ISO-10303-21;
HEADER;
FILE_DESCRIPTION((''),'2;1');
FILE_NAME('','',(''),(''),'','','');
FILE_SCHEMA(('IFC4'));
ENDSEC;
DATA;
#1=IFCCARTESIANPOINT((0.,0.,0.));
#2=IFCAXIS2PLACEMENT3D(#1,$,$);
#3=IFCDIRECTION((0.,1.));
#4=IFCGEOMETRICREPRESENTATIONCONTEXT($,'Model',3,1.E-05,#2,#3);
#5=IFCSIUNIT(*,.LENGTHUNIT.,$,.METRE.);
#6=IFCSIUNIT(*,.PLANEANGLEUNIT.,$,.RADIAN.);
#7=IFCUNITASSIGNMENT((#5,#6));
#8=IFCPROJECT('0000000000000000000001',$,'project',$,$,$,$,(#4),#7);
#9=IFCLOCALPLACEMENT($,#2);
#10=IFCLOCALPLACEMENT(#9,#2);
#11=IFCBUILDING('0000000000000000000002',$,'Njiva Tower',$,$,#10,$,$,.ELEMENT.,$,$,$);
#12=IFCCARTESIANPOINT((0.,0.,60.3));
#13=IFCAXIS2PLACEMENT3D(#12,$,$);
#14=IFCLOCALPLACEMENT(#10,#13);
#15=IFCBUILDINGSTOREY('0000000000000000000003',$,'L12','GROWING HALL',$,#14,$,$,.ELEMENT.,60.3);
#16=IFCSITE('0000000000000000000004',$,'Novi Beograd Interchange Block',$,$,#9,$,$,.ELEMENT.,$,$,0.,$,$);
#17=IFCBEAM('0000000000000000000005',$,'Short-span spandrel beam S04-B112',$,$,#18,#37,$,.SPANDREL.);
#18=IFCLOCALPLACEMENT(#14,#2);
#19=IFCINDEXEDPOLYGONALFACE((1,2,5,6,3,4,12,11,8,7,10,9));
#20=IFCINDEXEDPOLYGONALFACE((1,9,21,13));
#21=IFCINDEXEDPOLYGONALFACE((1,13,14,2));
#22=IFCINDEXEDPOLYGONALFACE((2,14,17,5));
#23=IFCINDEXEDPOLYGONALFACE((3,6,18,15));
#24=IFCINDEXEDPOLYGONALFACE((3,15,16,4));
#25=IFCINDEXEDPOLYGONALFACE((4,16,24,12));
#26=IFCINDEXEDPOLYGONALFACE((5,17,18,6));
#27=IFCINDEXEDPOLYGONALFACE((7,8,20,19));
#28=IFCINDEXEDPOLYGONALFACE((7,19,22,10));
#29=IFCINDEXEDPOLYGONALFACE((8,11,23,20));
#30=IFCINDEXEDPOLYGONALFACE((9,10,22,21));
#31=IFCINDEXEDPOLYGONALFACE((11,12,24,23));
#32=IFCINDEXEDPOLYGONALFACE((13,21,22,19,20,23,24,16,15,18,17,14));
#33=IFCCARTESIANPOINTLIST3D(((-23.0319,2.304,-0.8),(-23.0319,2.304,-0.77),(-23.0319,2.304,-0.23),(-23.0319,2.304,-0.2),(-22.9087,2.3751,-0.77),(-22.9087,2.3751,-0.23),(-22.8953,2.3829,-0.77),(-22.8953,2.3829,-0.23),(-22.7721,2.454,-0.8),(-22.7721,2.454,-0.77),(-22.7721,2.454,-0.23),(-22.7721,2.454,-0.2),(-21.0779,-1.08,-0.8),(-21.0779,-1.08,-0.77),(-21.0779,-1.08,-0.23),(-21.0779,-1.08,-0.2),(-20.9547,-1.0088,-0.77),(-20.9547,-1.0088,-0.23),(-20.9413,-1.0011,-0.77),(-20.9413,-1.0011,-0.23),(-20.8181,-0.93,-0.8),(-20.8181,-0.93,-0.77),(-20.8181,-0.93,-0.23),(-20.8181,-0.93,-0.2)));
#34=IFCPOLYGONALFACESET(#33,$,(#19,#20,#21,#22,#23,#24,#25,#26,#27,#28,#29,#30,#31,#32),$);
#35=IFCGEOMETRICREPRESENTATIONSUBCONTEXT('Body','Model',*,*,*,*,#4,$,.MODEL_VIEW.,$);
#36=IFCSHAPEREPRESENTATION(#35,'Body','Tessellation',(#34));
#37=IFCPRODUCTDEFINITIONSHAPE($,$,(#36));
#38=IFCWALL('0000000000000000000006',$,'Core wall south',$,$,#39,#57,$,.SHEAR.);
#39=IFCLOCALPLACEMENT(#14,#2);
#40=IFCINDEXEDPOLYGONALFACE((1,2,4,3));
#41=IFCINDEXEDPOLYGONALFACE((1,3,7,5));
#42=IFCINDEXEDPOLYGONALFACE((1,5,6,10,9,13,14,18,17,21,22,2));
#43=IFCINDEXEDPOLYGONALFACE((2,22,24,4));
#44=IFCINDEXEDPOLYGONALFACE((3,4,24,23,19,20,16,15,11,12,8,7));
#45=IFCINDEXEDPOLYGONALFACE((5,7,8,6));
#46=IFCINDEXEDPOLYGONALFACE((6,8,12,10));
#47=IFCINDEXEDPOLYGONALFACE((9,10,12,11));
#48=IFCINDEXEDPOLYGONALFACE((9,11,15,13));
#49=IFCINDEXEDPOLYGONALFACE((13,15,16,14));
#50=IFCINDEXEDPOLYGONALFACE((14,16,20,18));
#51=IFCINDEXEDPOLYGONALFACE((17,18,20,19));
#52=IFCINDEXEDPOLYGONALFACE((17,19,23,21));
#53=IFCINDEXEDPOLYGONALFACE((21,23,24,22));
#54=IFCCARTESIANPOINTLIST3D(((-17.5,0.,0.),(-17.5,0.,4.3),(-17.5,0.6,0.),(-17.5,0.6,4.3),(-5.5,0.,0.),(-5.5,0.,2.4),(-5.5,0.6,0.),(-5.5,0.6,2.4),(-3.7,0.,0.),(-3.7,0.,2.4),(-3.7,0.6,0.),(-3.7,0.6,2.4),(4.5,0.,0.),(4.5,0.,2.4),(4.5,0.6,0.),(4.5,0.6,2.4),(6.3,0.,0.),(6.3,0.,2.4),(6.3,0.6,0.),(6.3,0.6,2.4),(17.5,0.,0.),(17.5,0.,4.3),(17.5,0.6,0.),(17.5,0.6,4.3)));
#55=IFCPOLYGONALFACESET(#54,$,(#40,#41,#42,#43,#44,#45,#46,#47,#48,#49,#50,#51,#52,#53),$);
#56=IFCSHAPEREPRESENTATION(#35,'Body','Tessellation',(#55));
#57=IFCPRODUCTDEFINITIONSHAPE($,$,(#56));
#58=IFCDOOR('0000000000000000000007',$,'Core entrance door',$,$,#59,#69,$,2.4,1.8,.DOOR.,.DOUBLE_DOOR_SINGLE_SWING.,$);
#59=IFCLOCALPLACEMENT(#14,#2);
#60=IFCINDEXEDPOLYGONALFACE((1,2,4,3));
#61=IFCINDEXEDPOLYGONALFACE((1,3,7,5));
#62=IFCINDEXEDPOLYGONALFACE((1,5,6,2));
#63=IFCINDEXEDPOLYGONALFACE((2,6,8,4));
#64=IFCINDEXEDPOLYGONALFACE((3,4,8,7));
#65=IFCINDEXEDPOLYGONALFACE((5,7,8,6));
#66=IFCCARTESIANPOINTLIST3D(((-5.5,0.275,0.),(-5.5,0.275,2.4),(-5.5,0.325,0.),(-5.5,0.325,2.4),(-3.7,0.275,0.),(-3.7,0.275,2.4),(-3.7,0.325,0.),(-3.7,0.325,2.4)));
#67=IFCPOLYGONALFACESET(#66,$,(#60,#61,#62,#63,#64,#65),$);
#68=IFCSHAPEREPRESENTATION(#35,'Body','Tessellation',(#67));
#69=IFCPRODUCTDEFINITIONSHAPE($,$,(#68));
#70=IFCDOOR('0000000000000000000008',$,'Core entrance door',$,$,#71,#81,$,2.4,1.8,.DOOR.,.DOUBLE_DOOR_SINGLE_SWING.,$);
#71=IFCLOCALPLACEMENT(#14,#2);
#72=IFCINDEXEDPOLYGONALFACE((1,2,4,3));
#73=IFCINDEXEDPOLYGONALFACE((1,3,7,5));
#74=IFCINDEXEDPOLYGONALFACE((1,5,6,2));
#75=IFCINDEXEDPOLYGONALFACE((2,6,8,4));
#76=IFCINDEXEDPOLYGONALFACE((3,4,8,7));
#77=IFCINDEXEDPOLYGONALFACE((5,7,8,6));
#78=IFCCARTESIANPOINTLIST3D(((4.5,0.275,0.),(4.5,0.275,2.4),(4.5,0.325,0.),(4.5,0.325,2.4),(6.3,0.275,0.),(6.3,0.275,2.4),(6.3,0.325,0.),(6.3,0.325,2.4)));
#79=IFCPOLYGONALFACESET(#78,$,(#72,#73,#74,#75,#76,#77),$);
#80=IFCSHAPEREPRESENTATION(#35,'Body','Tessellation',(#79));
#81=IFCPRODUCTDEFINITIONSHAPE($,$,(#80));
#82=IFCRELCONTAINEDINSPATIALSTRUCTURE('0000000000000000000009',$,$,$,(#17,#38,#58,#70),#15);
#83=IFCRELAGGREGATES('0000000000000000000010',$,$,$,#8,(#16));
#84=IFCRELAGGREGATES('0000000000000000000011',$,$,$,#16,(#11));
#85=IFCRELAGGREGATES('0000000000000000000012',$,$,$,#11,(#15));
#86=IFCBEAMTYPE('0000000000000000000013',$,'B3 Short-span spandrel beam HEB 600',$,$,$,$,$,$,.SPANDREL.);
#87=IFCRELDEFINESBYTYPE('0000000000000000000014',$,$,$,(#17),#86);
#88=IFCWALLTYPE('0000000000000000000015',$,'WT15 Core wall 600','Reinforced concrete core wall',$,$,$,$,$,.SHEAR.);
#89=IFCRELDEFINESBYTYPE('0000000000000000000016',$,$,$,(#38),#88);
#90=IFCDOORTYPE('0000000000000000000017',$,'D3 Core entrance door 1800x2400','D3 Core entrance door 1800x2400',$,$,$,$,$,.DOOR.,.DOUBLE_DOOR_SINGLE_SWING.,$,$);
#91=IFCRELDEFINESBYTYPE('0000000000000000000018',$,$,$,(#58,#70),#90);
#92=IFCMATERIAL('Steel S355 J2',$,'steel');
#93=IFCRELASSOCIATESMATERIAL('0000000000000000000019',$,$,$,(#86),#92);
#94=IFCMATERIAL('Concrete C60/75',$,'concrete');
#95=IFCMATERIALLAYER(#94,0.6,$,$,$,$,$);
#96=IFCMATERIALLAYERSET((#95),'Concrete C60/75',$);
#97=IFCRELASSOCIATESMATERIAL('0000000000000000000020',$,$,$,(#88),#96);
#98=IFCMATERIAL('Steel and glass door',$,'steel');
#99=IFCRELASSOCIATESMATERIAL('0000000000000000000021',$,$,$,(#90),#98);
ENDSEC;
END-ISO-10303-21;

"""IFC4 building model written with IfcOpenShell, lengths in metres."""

from ifc_helpers import new_model, si_unit, direction, frame, frame_2d, origin, origin_2d, place, context, subcontext, project, spatial, rectangle, i_section, extrude, material, layer, layer_set, material_profile, profile_set, type_object, element, fill, save


model = new_model("IFC4")

# Units and contexts
model_context = context("Model", 3, precision=1e-05, world=origin(), true_north=direction((0.0, 1.0)))
body_context = subcontext(model_context, "Body", "Model", "MODEL_VIEW")
ifc_project = project(units=[si_unit("LENGTHUNIT", "METRE"), si_unit("PLANEANGLEUNIT", "RADIAN")], contexts=[model_context])

# Site, building, storey
site_placement = place(None, origin())
site = spatial("IfcSite", under=ifc_project, at=site_placement, Name="Novi Beograd Interchange Block", CompositionType="ELEMENT", RefElevation=0.0)
building_placement = place(site_placement, origin())
building = spatial("IfcBuilding", under=site, at=building_placement, Name="Njiva Tower", CompositionType="ELEMENT")
storey_placement = place(building_placement, frame((0.0, 0.0, 60.3)))
storey = spatial("IfcBuildingStorey", under=building, at=storey_placement, Name="L12", Description="GROWING HALL", CompositionType="ELEMENT", Elevation=60.3)

# Shared definitions
ifc_material_1 = material(Name="Steel S355 J2", Category="steel")

# Beam
ifc_material_profile_1 = material_profile(ifc_material_1, i_section(OverallWidth=0.3, OverallDepth=0.6, WebThickness=0.0155, FlangeThickness=0.03, at=origin_2d()), Name="HEB 600")
ifc_profile_set_1 = profile_set([ifc_material_profile_1], Name="Steel S355 J2")
beam_type_1 = type_object("IfcBeamType", Name="B3 Short-span spandrel beam HEB 600", PredefinedType="SPANDREL", material=ifc_profile_set_1)
for number, where, z_axis, x_axis, name in (
    (1, (-22.902, 2.379, -0.5), (0.500047, -0.865998, 0.0), (0.865998, 0.500047, 0.0), "Short-span spandrel beam S04-B112"),
):
    element("IfcBeam", number, at=place(storey_placement, frame(where, z_axis=z_axis, x_axis=x_axis)), inside=storey, type_object=beam_type_1, Name=name, PredefinedType="SPANDREL", context=body_context, shape_type="SweptSolid", body=[
        extrude(i_section(OverallWidth=0.3, OverallDepth=0.6, WebThickness=0.0155, FlangeThickness=0.03, at=origin_2d()), origin(), (0.0, 0.0, 1.0), 3.9076),
    ])

# Wall, openings, doors
ifc_material_2 = material(Name="Concrete C60/75", Category="concrete")
ifc_layer_1 = layer(ifc_material_2, 0.6)
ifc_layer_set_1 = layer_set([ifc_layer_1], Name="Concrete C60/75")
wall_type_1 = type_object("IfcWallType", Name="WT15 Core wall 600", Description="Reinforced concrete core wall", PredefinedType="SHEAR", material=ifc_layer_set_1)
wall_1_placement = place(storey_placement, frame((-17.5, 0.3, 0.0), z_axis=(0.0, 0.0, 1.0), x_axis=(1.0, 0.0, 0.0)))
wall_1 = element("IfcWall", 2, at=wall_1_placement, inside=storey, type_object=wall_type_1, Name="Core wall south", PredefinedType="SHEAR", context=body_context, shape_type="SweptSolid", body=[
    extrude(rectangle(XDim=35.0, YDim=0.6, at=frame_2d((17.5, 0.0))), origin(), (0.0, 0.0, 1.0), 4.3),
])
opening_1_placement = place(wall_1_placement, frame((12.0, 0.0, 0.0)))
opening_1 = element("IfcOpeningElement", 3, at=opening_1_placement, cuts=wall_1, PredefinedType="OPENING", context=body_context, shape_type="SweptSolid", body=[
    extrude(rectangle(XDim=1.8, YDim=2.4, at=frame_2d((0.9, 1.2))), frame((0.0, 0.31, 0.0), z_axis=(0.0, -1.0, 0.0), x_axis=(1.0, 0.0, 0.0)), (0.0, 0.0, 1.0), 0.62),
])
opening_2_placement = place(wall_1_placement, frame((22.0, 0.0, 0.0)))
opening_2 = element("IfcOpeningElement", 4, at=opening_2_placement, cuts=wall_1, PredefinedType="OPENING", context=body_context, shape_type="SweptSolid", body=[
    extrude(rectangle(XDim=1.8, YDim=2.4, at=frame_2d((0.9, 1.2))), frame((0.0, 0.31, 0.0), z_axis=(0.0, -1.0, 0.0), x_axis=(1.0, 0.0, 0.0)), (0.0, 0.0, 1.0), 0.62),
])
ifc_material_3 = material(Name="Steel and glass door", Category="steel")
door_type_1 = type_object("IfcDoorType", Name="D3 Core entrance door 1800x2400", Description="D3 Core entrance door 1800x2400", OperationType="DOUBLE_DOOR_SINGLE_SWING", PredefinedType="DOOR", material=ifc_material_3)
door_1_placement = place(opening_1_placement, origin())
door_1 = element("IfcDoor", 5, at=door_1_placement, inside=storey, type_object=door_type_1, Name="Core entrance door", OperationType="DOUBLE_DOOR_SINGLE_SWING", OverallHeight=2.4, OverallWidth=1.8, PredefinedType="DOOR", context=body_context, shape_type="SweptSolid", body=[
    extrude(rectangle(XDim=1.8, YDim=2.4, at=frame_2d((0.9, 1.2))), frame((0.0, 0.025, 0.0), z_axis=(0.0, -1.0, 0.0), x_axis=(1.0, 0.0, 0.0)), (0.0, 0.0, 1.0), 0.05),
])
fill(opening_1, door_1)
door_2_placement = place(opening_2_placement, origin())
door_2 = element("IfcDoor", 6, at=door_2_placement, inside=storey, type_object=door_type_1, Name="Core entrance door", OperationType="DOUBLE_DOOR_SINGLE_SWING", OverallHeight=2.4, OverallWidth=1.8, PredefinedType="DOOR", context=body_context, shape_type="SweptSolid", body=[
    extrude(rectangle(XDim=1.8, YDim=2.4, at=frame_2d((0.9, 1.2))), frame((0.0, 0.025, 0.0), z_axis=(0.0, -1.0, 0.0), x_axis=(1.0, 0.0, 0.0)), (0.0, 0.0, 1.0), 0.05),
])
fill(opening_2, door_2)

save(model, "model.ifc")
